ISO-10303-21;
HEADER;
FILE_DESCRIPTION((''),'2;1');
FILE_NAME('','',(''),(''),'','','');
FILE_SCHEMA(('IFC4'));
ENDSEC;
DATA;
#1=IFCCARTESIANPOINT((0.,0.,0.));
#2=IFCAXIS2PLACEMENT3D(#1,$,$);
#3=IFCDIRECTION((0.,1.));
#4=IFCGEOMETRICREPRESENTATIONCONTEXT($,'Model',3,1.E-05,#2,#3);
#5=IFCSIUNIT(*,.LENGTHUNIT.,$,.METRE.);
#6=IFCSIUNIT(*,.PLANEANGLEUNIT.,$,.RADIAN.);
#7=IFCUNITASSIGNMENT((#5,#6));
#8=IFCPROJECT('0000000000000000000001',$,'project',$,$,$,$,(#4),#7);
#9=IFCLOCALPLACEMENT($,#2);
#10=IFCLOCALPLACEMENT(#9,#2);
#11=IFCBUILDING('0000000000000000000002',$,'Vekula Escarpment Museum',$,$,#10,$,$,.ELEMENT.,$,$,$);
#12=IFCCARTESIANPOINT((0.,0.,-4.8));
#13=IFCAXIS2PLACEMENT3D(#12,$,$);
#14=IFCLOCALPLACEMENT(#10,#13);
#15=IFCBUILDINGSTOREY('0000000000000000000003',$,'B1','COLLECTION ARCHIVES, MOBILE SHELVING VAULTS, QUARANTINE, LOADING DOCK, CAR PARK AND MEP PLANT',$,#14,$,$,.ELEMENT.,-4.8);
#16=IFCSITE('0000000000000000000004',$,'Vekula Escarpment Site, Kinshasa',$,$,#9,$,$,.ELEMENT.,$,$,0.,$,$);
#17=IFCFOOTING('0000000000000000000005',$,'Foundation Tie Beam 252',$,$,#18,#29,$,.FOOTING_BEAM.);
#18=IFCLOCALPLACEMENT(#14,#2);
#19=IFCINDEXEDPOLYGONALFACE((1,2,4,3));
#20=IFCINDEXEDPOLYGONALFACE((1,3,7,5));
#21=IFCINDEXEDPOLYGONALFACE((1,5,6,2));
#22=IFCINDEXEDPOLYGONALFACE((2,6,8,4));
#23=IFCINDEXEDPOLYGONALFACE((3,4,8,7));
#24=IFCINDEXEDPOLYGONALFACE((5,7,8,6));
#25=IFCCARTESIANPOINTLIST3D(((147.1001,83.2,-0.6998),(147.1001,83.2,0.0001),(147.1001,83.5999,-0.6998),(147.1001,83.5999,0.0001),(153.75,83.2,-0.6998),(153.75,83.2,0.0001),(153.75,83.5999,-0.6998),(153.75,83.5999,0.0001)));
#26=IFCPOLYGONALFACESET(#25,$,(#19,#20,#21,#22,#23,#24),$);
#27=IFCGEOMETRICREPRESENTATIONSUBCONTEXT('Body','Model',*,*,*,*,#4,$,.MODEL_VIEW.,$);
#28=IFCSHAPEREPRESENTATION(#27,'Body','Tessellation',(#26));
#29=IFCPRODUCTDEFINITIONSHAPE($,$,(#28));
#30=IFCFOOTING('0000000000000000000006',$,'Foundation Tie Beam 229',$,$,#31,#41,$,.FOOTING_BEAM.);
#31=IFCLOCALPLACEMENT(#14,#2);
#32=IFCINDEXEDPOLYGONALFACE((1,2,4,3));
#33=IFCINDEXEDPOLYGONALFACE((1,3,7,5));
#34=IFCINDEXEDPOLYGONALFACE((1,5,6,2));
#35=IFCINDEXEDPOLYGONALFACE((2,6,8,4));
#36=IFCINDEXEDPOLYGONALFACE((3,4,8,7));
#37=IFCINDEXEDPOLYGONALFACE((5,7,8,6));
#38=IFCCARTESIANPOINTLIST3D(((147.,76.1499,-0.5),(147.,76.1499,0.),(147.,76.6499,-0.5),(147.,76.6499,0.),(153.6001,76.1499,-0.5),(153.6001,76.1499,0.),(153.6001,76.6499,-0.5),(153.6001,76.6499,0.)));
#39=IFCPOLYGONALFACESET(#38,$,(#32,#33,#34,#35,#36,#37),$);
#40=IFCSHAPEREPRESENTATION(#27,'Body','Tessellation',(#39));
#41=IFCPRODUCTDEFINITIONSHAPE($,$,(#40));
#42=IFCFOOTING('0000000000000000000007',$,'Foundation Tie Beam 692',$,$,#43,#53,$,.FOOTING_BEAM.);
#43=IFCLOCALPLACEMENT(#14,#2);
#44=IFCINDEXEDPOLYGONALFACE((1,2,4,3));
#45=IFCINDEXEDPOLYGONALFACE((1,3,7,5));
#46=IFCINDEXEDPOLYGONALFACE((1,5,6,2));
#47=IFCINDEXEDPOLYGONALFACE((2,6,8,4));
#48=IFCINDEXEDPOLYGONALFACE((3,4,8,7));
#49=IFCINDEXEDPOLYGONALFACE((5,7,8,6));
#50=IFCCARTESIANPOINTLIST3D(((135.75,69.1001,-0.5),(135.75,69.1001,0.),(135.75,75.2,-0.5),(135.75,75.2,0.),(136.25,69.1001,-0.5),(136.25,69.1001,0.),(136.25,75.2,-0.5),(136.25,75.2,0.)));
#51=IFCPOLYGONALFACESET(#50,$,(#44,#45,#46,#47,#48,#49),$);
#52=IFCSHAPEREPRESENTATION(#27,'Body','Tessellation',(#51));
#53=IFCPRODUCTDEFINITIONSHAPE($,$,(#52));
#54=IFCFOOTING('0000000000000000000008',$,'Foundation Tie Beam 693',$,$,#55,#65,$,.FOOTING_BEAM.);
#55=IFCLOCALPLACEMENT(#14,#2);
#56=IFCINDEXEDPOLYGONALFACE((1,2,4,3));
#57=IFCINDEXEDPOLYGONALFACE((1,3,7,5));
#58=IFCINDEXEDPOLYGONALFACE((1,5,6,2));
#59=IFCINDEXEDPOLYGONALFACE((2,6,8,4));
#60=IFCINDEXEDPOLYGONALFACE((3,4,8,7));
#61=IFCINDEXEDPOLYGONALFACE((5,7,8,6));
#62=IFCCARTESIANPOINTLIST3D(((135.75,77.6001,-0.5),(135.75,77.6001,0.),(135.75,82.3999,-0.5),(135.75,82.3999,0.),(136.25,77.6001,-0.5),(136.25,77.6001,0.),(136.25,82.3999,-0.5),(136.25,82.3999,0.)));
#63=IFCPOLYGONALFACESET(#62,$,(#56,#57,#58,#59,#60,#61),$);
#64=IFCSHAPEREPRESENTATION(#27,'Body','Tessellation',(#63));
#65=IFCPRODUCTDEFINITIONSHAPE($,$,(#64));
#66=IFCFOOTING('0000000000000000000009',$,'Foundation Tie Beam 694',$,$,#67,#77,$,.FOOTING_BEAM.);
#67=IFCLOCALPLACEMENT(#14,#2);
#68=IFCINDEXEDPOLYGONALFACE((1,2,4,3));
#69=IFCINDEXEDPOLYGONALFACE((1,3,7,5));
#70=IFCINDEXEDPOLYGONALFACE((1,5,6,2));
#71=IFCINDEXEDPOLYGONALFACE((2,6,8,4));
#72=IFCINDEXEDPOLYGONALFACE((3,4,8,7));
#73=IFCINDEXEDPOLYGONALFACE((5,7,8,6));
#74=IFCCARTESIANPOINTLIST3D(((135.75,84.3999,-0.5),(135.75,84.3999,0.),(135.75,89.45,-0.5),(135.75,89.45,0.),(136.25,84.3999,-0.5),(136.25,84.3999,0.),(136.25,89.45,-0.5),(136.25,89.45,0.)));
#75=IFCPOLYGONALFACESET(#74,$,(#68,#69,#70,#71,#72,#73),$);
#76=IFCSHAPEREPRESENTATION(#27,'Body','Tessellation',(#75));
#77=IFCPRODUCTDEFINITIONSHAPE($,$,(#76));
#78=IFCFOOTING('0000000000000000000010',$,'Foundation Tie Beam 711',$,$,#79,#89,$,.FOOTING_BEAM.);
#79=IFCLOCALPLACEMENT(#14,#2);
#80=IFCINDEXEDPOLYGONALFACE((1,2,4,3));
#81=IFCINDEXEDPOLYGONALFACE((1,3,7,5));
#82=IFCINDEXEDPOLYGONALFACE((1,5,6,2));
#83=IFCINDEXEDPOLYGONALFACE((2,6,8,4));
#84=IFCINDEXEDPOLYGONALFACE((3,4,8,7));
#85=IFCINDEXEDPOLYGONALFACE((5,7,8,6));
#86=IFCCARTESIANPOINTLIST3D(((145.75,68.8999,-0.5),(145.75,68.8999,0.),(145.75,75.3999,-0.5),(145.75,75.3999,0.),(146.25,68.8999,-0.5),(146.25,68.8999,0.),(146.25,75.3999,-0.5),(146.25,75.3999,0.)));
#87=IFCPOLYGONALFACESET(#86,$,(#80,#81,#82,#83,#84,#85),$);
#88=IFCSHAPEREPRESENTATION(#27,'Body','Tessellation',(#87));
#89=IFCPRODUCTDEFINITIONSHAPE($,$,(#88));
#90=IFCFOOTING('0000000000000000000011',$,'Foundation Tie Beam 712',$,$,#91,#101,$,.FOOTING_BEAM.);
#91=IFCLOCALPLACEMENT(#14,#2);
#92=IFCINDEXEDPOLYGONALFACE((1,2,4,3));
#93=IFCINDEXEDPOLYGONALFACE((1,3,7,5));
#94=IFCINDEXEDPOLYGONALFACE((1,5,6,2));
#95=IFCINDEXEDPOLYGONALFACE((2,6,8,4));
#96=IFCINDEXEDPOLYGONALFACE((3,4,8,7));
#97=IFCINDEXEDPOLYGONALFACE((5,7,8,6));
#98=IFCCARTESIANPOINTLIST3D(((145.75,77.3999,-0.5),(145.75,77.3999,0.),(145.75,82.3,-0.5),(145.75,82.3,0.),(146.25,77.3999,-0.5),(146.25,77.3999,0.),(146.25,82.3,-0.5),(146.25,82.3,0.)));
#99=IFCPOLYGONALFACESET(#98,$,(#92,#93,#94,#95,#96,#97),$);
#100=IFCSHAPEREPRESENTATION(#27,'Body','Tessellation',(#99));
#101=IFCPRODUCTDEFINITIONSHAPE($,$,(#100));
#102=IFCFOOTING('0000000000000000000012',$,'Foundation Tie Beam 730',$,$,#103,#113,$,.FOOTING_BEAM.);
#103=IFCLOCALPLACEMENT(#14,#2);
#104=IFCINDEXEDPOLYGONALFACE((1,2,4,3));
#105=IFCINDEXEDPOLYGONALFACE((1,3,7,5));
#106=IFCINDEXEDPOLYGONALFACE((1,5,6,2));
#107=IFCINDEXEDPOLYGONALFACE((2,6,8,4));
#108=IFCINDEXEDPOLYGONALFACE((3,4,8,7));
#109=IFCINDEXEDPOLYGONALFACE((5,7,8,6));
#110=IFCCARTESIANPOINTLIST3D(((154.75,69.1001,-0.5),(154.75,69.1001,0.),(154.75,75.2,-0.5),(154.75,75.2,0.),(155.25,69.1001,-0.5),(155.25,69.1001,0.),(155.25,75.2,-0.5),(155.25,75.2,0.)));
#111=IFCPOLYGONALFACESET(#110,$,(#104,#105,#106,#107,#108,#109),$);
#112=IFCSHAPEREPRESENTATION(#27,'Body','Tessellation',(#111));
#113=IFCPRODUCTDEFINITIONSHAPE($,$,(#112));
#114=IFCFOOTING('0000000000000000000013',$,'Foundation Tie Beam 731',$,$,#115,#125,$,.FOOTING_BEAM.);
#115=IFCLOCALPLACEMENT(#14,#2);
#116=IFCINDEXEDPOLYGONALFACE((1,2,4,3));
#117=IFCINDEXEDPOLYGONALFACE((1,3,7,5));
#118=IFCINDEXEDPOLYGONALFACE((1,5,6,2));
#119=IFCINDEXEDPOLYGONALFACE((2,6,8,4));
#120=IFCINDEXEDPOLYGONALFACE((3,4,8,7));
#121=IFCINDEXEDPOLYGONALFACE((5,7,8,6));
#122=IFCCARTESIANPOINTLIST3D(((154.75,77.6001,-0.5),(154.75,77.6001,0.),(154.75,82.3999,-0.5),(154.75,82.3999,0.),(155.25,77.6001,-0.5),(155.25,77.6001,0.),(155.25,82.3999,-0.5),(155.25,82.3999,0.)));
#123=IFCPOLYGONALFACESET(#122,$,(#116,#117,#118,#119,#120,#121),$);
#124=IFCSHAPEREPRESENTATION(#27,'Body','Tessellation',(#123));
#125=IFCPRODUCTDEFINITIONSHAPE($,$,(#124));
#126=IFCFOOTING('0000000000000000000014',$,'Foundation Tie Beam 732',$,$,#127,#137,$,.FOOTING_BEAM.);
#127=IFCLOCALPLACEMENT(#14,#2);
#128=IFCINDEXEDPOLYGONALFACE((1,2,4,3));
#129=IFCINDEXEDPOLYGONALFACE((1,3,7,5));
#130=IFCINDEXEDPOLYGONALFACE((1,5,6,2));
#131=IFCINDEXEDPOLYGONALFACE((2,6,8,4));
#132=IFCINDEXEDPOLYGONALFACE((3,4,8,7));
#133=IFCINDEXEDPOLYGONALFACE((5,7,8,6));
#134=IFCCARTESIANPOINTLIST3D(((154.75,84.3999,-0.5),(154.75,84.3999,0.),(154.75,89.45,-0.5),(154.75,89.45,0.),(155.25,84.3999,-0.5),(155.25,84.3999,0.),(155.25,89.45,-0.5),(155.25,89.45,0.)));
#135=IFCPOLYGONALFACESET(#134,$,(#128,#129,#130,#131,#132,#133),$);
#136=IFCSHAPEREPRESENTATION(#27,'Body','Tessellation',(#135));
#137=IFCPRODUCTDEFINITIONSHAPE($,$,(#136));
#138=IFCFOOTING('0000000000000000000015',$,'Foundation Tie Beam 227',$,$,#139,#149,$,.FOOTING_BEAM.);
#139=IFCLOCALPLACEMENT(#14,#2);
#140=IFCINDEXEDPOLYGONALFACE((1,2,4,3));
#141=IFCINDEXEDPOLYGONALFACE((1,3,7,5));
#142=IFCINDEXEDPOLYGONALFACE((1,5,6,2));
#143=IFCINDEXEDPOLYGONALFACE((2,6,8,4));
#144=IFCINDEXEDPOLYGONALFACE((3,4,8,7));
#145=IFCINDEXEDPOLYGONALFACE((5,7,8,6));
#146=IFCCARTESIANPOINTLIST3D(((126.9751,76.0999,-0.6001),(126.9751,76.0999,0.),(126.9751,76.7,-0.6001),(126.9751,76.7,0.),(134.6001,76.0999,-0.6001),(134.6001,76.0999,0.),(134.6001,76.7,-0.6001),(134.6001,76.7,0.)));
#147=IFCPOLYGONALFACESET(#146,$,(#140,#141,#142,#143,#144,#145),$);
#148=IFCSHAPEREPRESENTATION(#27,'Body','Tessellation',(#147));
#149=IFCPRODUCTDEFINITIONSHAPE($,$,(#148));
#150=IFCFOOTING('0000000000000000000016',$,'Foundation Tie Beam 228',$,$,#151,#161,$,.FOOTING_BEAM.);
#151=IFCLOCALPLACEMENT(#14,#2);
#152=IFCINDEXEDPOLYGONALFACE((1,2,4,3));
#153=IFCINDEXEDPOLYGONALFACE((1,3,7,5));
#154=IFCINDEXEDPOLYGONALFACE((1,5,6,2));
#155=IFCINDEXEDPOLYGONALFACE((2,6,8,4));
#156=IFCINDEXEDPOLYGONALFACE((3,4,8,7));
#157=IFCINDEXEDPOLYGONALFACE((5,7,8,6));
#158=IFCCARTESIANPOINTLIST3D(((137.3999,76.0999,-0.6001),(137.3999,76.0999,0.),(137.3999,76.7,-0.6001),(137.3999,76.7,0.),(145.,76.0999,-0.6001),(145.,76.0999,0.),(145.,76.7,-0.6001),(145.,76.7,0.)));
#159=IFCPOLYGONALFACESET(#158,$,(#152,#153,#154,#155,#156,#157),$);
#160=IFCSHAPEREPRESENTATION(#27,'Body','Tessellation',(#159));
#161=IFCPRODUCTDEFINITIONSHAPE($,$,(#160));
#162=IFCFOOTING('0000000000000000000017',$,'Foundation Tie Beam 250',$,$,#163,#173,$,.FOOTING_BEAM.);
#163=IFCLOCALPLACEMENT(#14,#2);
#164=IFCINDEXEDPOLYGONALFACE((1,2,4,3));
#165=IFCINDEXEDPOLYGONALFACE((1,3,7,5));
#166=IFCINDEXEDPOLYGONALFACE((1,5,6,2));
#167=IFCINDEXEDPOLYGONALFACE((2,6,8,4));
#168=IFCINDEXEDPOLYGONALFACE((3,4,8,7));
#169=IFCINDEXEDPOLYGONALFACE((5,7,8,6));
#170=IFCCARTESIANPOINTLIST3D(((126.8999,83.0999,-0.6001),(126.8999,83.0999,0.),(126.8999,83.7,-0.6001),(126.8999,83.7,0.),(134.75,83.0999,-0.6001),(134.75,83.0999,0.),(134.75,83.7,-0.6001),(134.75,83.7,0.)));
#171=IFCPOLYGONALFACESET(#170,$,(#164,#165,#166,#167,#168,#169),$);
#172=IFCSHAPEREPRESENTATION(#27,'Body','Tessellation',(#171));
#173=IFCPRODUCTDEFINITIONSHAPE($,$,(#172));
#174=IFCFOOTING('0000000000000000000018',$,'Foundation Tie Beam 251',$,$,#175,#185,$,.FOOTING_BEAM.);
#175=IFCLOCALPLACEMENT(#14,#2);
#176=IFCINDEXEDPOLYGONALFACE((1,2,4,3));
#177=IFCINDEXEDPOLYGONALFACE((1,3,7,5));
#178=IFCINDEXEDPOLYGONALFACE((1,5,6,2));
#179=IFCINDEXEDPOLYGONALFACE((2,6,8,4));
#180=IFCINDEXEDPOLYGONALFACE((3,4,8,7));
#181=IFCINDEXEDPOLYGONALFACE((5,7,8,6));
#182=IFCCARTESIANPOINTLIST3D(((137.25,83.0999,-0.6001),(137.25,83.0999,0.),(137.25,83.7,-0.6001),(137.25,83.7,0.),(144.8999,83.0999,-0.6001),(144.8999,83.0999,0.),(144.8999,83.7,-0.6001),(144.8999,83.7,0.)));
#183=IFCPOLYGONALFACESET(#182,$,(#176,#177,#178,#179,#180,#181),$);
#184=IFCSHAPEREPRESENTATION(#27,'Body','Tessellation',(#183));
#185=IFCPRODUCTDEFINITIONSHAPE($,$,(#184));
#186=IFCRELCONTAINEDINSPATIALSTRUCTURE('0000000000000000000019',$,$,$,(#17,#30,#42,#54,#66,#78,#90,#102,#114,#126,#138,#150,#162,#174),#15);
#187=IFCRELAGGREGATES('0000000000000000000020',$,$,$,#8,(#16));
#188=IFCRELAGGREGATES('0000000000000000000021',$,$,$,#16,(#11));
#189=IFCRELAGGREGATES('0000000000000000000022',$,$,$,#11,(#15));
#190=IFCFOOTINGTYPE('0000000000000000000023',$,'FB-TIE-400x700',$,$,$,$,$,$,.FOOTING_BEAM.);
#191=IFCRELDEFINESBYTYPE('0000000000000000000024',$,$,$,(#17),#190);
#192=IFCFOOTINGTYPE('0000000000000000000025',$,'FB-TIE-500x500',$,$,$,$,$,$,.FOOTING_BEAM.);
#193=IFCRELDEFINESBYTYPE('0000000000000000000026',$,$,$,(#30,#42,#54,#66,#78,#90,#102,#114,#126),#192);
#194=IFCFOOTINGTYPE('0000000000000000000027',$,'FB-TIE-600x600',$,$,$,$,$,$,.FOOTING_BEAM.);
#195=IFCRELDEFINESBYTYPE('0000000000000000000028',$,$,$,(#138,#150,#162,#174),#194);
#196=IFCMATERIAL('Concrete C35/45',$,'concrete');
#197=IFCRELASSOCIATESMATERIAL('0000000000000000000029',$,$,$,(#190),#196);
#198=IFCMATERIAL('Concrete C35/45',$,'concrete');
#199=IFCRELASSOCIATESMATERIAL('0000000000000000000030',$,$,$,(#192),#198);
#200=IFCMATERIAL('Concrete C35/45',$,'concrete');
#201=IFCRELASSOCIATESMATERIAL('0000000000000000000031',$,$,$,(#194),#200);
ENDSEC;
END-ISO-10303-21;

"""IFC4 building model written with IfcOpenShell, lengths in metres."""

from ifc_helpers import new_model, si_unit, direction, frame, origin, origin_2d, place, context, subcontext, project, spatial, rectangle, extrude, material, material_profile, profile_set, type_object, element, save


model = new_model("IFC4")

# Units and contexts
model_context = context("Model", 3, precision=1e-05, world=origin(), true_north=direction((0.0, 1.0)))
body_context = subcontext(model_context, "Body", "Model", "MODEL_VIEW")
ifc_project = project(units=[si_unit("LENGTHUNIT", "METRE"), si_unit("PLANEANGLEUNIT", "RADIAN")], contexts=[model_context])

# Site, building, storey
site_placement = place(None, origin())
site = spatial("IfcSite", under=ifc_project, at=site_placement, Name="Vekula Escarpment Site, Kinshasa", CompositionType="ELEMENT", RefElevation=0.0)
building_placement = place(site_placement, origin())
building = spatial("IfcBuilding", under=site, at=building_placement, Name="Vekula Escarpment Museum", CompositionType="ELEMENT")
storey_placement = place(building_placement, frame((0.0, 0.0, -4.8)))
storey = spatial("IfcBuildingStorey", under=building, at=storey_placement, Name="B1", Description="COLLECTION ARCHIVES, MOBILE SHELVING VAULTS, QUARANTINE, LOADING DOCK, CAR PARK AND MEP PLANT", CompositionType="ELEMENT", Elevation=-4.8)

# Footings
ifc_material_1 = material(Name="Concrete C35/45", Category="concrete")
ifc_material_profile_1 = material_profile(ifc_material_1, rectangle(XDim=0.3999, YDim=0.7, at=origin_2d()), Name="RC 400x700")
ifc_profile_set_1 = profile_set([ifc_material_profile_1], Name="Concrete C35/45")
footing_type_1 = type_object("IfcFootingType", Name="FB-TIE-400x700", PredefinedType="FOOTING_BEAM", material=ifc_profile_set_1)
footing_1_placement = place(storey_placement, frame((147.1001, 83.3999, -0.3499), z_axis=(1.0, 0.0, 0.0), x_axis=(0.0, 1.0, 0.0)))
element("IfcFooting", 1, at=footing_1_placement, inside=storey, type_object=footing_type_1, Name="Foundation Tie Beam 252", PredefinedType="FOOTING_BEAM", context=body_context, shape_type="SweptSolid", body=[
    extrude(rectangle(XDim=0.3999, YDim=0.7, at=origin_2d()), origin(), (0.0, 0.0, 1.0), 6.6499),
])
ifc_material_2 = material(Name="Concrete C35/45", Category="concrete")
ifc_material_profile_2 = material_profile(ifc_material_2, rectangle(XDim=0.5, YDim=0.5, at=origin_2d()), Name="RC 500x500")
ifc_profile_set_2 = profile_set([ifc_material_profile_2], Name="Concrete C35/45")
footing_type_2 = type_object("IfcFootingType", Name="FB-TIE-500x500", PredefinedType="FOOTING_BEAM", material=ifc_profile_set_2)
footing_2_placement = place(storey_placement, frame((147.0, 76.3999, -0.25), z_axis=(1.0, 0.0, 0.0), x_axis=(0.0, 1.0, 0.0)))
element("IfcFooting", 2, at=footing_2_placement, inside=storey, type_object=footing_type_2, Name="Foundation Tie Beam 229", PredefinedType="FOOTING_BEAM", context=body_context, shape_type="SweptSolid", body=[
    extrude(rectangle(XDim=0.5, YDim=0.5, at=origin_2d()), origin(), (0.0, 0.0, 1.0), 6.6001),
])
footing_3_placement = place(storey_placement, frame((136.0, 69.1001, -0.25), z_axis=(0.0, 1.0, 0.0), x_axis=(-1.0, 0.0, 0.0)))
element("IfcFooting", 3, at=footing_3_placement, inside=storey, type_object=footing_type_2, Name="Foundation Tie Beam 692", PredefinedType="FOOTING_BEAM", context=body_context, shape_type="SweptSolid", body=[
    extrude(rectangle(XDim=0.5, YDim=0.5, at=origin_2d()), origin(), (0.0, 0.0, 1.0), 6.0999),
])
footing_4_placement = place(storey_placement, frame((136.0, 77.6001, -0.25), z_axis=(0.0, 1.0, 0.0), x_axis=(-1.0, 0.0, 0.0)))
element("IfcFooting", 4, at=footing_4_placement, inside=storey, type_object=footing_type_2, Name="Foundation Tie Beam 693", PredefinedType="FOOTING_BEAM", context=body_context, shape_type="SweptSolid", body=[
    extrude(rectangle(XDim=0.5, YDim=0.5, at=origin_2d()), origin(), (0.0, 0.0, 1.0), 4.7998),
])
footing_5_placement = place(storey_placement, frame((136.0, 84.3999, -0.25), z_axis=(0.0, 1.0, 0.0), x_axis=(-1.0, 0.0, 0.0)))
element("IfcFooting", 5, at=footing_5_placement, inside=storey, type_object=footing_type_2, Name="Foundation Tie Beam 694", PredefinedType="FOOTING_BEAM", context=body_context, shape_type="SweptSolid", body=[
    extrude(rectangle(XDim=0.5, YDim=0.5, at=origin_2d()), origin(), (0.0, 0.0, 1.0), 5.05),
])
footing_6_placement = place(storey_placement, frame((146.0, 68.8999, -0.25), z_axis=(0.0, 1.0, 0.0), x_axis=(-1.0, 0.0, 0.0)))
element("IfcFooting", 6, at=footing_6_placement, inside=storey, type_object=footing_type_2, Name="Foundation Tie Beam 711", PredefinedType="FOOTING_BEAM", context=body_context, shape_type="SweptSolid", body=[
    extrude(rectangle(XDim=0.5, YDim=0.5, at=origin_2d()), origin(), (0.0, 0.0, 1.0), 6.5),
])
footing_7_placement = place(storey_placement, frame((146.0, 77.3999, -0.25), z_axis=(0.0, 1.0, 0.0), x_axis=(-1.0, 0.0, 0.0)))
element("IfcFooting", 7, at=footing_7_placement, inside=storey, type_object=footing_type_2, Name="Foundation Tie Beam 712", PredefinedType="FOOTING_BEAM", context=body_context, shape_type="SweptSolid", body=[
    extrude(rectangle(XDim=0.5, YDim=0.5, at=origin_2d()), origin(), (0.0, 0.0, 1.0), 4.9001),
])
footing_8_placement = place(storey_placement, frame((155.0, 69.1001, -0.25), z_axis=(0.0, 1.0, 0.0), x_axis=(-1.0, 0.0, 0.0)))
element("IfcFooting", 8, at=footing_8_placement, inside=storey, type_object=footing_type_2, Name="Foundation Tie Beam 730", PredefinedType="FOOTING_BEAM", context=body_context, shape_type="SweptSolid", body=[
    extrude(rectangle(XDim=0.5, YDim=0.5, at=origin_2d()), origin(), (0.0, 0.0, 1.0), 6.0999),
])
footing_9_placement = place(storey_placement, frame((155.0, 77.6001, -0.25), z_axis=(0.0, 1.0, 0.0), x_axis=(-1.0, 0.0, 0.0)))
element("IfcFooting", 9, at=footing_9_placement, inside=storey, type_object=footing_type_2, Name="Foundation Tie Beam 731", PredefinedType="FOOTING_BEAM", context=body_context, shape_type="SweptSolid", body=[
    extrude(rectangle(XDim=0.5, YDim=0.5, at=origin_2d()), origin(), (0.0, 0.0, 1.0), 4.7998),
])
footing_10_placement = place(storey_placement, frame((155.0, 84.3999, -0.25), z_axis=(0.0, 1.0, 0.0), x_axis=(-1.0, 0.0, 0.0)))
element("IfcFooting", 10, at=footing_10_placement, inside=storey, type_object=footing_type_2, Name="Foundation Tie Beam 732", PredefinedType="FOOTING_BEAM", context=body_context, shape_type="SweptSolid", body=[
    extrude(rectangle(XDim=0.5, YDim=0.5, at=origin_2d()), origin(), (0.0, 0.0, 1.0), 5.05),
])
ifc_material_3 = material(Name="Concrete C35/45", Category="concrete")
ifc_material_profile_3 = material_profile(ifc_material_3, rectangle(XDim=0.6001, YDim=0.6001, at=origin_2d()), Name="RC 600x600")
ifc_profile_set_3 = profile_set([ifc_material_profile_3], Name="Concrete C35/45")
footing_type_3 = type_object("IfcFootingType", Name="FB-TIE-600x600", PredefinedType="FOOTING_BEAM", material=ifc_profile_set_3)
footing_11_placement = place(storey_placement, frame((126.9751, 76.3999, -0.3), z_axis=(1.0, 0.0, 0.0), x_axis=(0.0, 1.0, 0.0)))
element("IfcFooting", 11, at=footing_11_placement, inside=storey, type_object=footing_type_3, Name="Foundation Tie Beam 227", PredefinedType="FOOTING_BEAM", context=body_context, shape_type="SweptSolid", body=[
    extrude(rectangle(XDim=0.6001, YDim=0.6001, at=origin_2d()), origin(), (0.0, 0.0, 1.0), 7.625),
])
footing_12_placement = place(storey_placement, frame((137.3999, 76.3999, -0.3), z_axis=(1.0, 0.0, 0.0), x_axis=(0.0, 1.0, 0.0)))
element("IfcFooting", 12, at=footing_12_placement, inside=storey, type_object=footing_type_3, Name="Foundation Tie Beam 228", PredefinedType="FOOTING_BEAM", context=body_context, shape_type="SweptSolid", body=[
    extrude(rectangle(XDim=0.6001, YDim=0.6001, at=origin_2d()), origin(), (0.0, 0.0, 1.0), 7.6001),
])
footing_13_placement = place(storey_placement, frame((126.8999, 83.3999, -0.3), z_axis=(1.0, 0.0, 0.0), x_axis=(0.0, 1.0, 0.0)))
element("IfcFooting", 13, at=footing_13_placement, inside=storey, type_object=footing_type_3, Name="Foundation Tie Beam 250", PredefinedType="FOOTING_BEAM", context=body_context, shape_type="SweptSolid", body=[
    extrude(rectangle(XDim=0.6001, YDim=0.6001, at=origin_2d()), origin(), (0.0, 0.0, 1.0), 7.8501),
])
footing_14_placement = place(storey_placement, frame((137.25, 83.3999, -0.3), z_axis=(1.0, 0.0, 0.0), x_axis=(0.0, 1.0, 0.0)))
element("IfcFooting", 14, at=footing_14_placement, inside=storey, type_object=footing_type_3, Name="Foundation Tie Beam 251", PredefinedType="FOOTING_BEAM", context=body_context, shape_type="SweptSolid", body=[
    extrude(rectangle(XDim=0.6001, YDim=0.6001, at=origin_2d()), origin(), (0.0, 0.0, 1.0), 7.6499),
])

save(model, "model.ifc")
